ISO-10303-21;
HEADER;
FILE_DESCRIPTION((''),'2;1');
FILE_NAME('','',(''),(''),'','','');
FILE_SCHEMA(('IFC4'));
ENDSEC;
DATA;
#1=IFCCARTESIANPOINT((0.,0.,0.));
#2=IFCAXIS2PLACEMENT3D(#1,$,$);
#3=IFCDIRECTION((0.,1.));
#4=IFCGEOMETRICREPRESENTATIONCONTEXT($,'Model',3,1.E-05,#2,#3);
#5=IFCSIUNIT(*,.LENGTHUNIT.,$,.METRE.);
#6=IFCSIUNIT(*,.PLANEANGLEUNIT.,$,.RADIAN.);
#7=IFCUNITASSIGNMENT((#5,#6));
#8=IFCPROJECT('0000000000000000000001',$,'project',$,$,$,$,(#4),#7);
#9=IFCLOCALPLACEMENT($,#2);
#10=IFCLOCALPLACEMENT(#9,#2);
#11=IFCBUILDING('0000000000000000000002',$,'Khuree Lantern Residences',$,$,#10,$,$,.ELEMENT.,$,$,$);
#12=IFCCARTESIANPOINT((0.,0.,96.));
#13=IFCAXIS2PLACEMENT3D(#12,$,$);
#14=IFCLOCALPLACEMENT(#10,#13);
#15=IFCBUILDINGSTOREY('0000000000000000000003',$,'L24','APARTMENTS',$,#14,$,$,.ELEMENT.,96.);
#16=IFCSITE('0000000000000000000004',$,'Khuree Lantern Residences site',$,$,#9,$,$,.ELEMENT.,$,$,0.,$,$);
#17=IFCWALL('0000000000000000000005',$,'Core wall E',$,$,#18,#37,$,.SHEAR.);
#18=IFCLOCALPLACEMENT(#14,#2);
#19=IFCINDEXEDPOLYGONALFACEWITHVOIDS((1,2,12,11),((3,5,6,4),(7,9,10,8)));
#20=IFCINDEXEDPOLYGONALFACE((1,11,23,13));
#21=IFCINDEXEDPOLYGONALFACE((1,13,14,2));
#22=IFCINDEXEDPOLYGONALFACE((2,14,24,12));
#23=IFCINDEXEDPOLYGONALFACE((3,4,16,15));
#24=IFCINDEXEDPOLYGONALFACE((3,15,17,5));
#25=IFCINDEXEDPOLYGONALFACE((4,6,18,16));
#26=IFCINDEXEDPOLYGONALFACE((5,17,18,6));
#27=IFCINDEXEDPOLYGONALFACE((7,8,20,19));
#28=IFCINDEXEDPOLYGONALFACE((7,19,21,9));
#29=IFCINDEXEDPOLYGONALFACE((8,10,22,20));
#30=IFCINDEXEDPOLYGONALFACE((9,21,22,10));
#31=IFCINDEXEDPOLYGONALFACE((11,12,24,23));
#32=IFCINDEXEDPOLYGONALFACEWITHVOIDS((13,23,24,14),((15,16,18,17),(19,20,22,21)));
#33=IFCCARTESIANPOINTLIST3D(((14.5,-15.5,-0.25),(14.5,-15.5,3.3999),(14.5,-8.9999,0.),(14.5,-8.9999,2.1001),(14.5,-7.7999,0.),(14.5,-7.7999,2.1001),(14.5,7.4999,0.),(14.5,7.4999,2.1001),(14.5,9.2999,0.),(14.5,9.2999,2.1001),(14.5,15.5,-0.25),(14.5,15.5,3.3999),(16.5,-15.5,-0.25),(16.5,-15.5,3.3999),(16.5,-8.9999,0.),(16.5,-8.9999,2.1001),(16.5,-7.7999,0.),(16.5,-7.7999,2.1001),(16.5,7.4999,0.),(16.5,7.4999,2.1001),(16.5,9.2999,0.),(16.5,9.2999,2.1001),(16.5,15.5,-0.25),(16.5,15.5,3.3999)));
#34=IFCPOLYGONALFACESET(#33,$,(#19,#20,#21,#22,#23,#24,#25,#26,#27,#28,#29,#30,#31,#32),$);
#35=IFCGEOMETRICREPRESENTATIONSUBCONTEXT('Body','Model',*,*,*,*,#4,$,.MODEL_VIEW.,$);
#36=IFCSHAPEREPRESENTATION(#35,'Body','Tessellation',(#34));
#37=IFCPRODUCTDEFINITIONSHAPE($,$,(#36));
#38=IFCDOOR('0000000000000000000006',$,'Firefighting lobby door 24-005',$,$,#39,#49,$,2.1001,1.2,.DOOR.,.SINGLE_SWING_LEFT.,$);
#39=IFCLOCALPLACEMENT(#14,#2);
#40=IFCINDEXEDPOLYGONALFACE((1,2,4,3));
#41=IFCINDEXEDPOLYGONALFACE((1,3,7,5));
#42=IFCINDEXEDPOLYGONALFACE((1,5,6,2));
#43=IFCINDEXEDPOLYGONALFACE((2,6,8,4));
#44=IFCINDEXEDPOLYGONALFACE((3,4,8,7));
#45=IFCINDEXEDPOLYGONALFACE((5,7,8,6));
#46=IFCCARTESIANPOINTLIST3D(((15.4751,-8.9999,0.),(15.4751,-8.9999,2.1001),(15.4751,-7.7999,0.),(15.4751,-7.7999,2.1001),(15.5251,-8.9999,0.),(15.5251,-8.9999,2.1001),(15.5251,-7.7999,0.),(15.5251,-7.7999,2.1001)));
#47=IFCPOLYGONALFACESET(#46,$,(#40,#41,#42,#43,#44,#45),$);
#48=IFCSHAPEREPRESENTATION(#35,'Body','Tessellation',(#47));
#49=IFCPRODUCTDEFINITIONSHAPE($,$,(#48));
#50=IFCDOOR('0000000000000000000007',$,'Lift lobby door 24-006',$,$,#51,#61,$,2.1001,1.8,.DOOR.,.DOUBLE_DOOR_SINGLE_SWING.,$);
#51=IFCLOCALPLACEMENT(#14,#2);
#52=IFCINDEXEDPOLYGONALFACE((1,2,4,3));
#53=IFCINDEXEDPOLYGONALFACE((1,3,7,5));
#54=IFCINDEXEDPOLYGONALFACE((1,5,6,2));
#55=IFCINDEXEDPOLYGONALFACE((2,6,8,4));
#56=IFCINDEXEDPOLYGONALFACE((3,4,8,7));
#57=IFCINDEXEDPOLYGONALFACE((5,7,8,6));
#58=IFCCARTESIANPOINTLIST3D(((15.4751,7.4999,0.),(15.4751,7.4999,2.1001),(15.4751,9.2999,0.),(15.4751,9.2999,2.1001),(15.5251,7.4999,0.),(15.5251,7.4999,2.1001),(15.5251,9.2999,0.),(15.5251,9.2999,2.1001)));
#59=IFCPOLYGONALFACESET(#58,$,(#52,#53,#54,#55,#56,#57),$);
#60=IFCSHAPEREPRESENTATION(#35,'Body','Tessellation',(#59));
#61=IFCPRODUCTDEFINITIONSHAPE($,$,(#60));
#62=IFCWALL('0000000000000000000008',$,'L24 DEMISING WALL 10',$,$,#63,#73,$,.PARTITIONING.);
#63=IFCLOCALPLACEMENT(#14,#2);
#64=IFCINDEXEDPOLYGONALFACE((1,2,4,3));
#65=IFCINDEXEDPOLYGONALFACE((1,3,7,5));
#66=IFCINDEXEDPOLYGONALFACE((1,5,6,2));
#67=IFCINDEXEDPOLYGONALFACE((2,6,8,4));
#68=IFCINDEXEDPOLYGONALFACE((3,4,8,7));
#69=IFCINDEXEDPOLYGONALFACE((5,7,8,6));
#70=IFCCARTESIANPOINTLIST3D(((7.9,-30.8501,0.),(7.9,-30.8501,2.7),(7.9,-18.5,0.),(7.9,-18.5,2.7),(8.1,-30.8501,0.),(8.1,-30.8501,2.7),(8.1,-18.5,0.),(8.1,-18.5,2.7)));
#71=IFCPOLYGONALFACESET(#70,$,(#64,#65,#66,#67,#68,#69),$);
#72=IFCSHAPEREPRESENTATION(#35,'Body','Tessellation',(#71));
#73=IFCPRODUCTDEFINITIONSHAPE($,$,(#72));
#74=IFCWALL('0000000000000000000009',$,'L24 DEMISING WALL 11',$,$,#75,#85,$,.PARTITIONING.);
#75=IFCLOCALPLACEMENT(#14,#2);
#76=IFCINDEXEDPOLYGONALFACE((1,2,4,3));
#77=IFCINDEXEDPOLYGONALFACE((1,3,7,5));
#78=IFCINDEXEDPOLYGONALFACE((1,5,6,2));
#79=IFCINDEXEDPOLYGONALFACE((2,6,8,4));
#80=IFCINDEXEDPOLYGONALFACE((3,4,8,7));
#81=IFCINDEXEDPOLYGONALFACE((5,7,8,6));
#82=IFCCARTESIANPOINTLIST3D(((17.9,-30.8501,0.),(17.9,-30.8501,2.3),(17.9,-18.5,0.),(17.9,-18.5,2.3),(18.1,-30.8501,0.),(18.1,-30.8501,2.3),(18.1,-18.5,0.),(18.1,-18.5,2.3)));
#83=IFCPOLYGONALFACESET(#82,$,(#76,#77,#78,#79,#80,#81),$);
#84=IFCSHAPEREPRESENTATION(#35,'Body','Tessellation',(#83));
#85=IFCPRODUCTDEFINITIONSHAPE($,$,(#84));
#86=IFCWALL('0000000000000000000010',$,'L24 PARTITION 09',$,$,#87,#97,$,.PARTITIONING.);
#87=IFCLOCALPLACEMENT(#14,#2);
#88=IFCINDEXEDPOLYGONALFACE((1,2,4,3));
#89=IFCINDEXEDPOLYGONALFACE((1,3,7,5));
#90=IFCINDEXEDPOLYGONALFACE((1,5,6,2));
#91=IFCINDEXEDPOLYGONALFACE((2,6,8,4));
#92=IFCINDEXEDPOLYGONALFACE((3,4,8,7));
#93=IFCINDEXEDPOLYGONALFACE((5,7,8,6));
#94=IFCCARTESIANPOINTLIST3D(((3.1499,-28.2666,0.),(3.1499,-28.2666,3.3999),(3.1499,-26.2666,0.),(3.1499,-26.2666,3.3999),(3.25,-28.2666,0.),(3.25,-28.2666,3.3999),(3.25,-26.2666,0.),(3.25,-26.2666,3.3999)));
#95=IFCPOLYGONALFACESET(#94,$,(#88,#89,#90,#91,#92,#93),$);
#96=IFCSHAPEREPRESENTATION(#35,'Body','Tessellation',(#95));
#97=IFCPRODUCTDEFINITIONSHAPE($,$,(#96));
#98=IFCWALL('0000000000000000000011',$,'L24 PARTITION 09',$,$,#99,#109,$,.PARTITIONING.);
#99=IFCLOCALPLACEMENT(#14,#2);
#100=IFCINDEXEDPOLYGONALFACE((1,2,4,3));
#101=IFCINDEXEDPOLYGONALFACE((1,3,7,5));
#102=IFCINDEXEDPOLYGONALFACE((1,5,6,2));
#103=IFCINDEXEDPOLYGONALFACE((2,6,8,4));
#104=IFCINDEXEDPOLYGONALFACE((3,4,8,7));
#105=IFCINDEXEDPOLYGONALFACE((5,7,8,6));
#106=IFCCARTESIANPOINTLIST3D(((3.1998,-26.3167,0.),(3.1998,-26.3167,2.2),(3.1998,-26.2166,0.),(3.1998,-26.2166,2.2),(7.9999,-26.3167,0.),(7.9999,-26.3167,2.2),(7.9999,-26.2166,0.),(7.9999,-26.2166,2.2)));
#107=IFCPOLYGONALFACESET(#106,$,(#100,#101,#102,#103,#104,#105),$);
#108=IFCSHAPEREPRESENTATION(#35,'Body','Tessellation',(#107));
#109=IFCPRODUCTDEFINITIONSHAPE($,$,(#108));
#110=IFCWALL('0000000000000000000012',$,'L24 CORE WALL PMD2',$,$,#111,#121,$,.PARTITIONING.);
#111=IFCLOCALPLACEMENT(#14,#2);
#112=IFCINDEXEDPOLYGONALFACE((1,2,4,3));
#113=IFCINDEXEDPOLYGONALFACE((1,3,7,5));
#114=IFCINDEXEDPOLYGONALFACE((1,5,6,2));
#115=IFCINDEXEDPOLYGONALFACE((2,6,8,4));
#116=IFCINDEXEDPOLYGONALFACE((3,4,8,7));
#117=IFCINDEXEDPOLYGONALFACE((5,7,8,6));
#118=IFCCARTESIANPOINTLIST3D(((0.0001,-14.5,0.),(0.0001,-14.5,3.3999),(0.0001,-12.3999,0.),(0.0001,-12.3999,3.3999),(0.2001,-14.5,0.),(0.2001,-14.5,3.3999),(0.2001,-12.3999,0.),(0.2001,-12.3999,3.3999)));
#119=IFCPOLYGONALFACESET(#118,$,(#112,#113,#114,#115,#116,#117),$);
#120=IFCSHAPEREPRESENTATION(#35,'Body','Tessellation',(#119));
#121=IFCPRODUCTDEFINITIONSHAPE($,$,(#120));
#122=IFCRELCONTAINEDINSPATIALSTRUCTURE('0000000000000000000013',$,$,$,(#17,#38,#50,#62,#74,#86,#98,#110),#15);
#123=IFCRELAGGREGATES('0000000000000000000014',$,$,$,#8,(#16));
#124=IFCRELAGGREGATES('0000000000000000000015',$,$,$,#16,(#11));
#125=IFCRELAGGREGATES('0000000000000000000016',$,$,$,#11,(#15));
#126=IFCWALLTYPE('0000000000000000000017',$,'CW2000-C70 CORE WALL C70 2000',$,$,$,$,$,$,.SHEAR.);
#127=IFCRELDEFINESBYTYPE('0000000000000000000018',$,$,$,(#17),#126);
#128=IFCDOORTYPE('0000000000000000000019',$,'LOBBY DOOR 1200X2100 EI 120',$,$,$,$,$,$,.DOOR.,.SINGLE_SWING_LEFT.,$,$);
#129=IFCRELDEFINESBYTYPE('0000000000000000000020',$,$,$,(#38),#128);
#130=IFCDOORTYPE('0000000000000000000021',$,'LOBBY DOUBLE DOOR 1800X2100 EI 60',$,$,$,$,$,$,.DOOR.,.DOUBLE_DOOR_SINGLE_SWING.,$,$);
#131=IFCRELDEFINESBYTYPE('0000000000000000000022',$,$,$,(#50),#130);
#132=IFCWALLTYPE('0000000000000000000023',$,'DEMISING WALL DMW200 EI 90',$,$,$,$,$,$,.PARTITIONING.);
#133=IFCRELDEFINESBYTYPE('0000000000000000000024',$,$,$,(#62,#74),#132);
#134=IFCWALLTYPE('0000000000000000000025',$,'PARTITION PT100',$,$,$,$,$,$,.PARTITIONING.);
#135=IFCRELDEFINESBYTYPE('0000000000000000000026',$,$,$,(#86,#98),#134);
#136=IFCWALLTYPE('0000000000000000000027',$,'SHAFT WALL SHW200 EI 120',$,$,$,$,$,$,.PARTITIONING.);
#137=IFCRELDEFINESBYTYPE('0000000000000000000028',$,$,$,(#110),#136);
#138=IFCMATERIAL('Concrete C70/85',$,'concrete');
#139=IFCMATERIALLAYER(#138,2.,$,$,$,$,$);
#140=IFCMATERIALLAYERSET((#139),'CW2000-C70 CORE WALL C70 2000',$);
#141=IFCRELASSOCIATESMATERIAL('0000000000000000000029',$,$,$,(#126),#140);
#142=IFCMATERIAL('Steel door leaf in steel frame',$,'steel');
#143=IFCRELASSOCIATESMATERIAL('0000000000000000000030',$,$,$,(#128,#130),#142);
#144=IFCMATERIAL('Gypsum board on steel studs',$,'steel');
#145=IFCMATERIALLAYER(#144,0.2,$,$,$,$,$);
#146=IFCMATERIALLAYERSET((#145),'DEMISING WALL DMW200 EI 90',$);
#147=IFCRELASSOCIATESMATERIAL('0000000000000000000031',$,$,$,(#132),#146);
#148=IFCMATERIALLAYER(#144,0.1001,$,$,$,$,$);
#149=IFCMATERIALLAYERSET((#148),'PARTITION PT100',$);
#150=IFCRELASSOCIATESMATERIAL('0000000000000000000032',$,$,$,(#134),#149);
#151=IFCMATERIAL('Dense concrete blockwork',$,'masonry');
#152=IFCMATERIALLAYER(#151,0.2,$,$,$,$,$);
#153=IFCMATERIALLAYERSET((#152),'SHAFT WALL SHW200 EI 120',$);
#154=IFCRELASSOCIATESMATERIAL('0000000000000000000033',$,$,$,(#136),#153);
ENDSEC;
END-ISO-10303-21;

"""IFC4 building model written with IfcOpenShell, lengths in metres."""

from ifc_helpers import new_model, si_unit, direction, frame, frame_2d, origin, place, context, subcontext, project, spatial, rectangle, extrude, material, layer, layer_set, type_object, element, fill, save


model = new_model("IFC4")

# Units and contexts
model_context = context("Model", 3, precision=1e-05, world=origin(), true_north=direction((0.0, 1.0)))
body_context = subcontext(model_context, "Body", "Model", "MODEL_VIEW")
ifc_project = project(units=[si_unit("LENGTHUNIT", "METRE"), si_unit("PLANEANGLEUNIT", "RADIAN")], contexts=[model_context])

# Site, building, storey
site_placement = place(None, origin())
site = spatial("IfcSite", under=ifc_project, at=site_placement, Name="Khuree Lantern Residences site", CompositionType="ELEMENT", RefElevation=0.0)
building_placement = place(site_placement, origin())
building = spatial("IfcBuilding", under=site, at=building_placement, Name="Khuree Lantern Residences", CompositionType="ELEMENT")
storey_placement = place(building_placement, frame((0.0, 0.0, 96.0)))
storey = spatial("IfcBuildingStorey", under=building, at=storey_placement, Name="L24", Description="APARTMENTS", CompositionType="ELEMENT", Elevation=96.0)

# Shared definitions
ifc_material_1 = material(Name="Concrete C70/85", Category="concrete")

# Shared definitions
ifc_material_2 = material(Name="Dense concrete blockwork", Category="masonry")
ifc_material_3 = material(Name="Gypsum board on steel studs", Category="steel")

# Wall, openings, doors
ifc_layer_1 = layer(ifc_material_1, 2.0)
ifc_layer_set_1 = layer_set([ifc_layer_1], Name="CW2000-C70 CORE WALL C70 2000")
wall_type_1 = type_object("IfcWallType", Name="CW2000-C70 CORE WALL C70 2000", PredefinedType="SHEAR", material=ifc_layer_set_1)
wall_1_placement = place(storey_placement, frame((15.5, -15.5, -0.25), z_axis=(0.0, 0.0, 1.0), x_axis=(0.0, 1.0, 0.0)))
wall_1 = element("IfcWall", 1, at=wall_1_placement, inside=storey, type_object=wall_type_1, Name="Core wall E", PredefinedType="SHEAR", context=body_context, shape_type="SweptSolid", body=[
    extrude(rectangle(XDim=31.0, YDim=2.0, at=frame_2d((15.5, 0.0))), origin(), (0.0, 0.0, 1.0), 3.6499),
])
opening_1_placement = place(wall_1_placement, frame((6.5, 0.0, 0.25)))
opening_1 = element("IfcOpeningElement", 2, at=opening_1_placement, cuts=wall_1, PredefinedType="OPENING", context=body_context, shape_type="SweptSolid", body=[
    extrude(rectangle(XDim=1.2, YDim=2.1001, at=frame_2d((0.6001, 1.05))), frame((0.0, 1.01, 0.0), z_axis=(0.0, -1.0, 0.0), x_axis=(1.0, 0.0, 0.0)), (0.0, 0.0, 1.0), 2.02),
])
opening_2_placement = place(wall_1_placement, frame((23.0, 0.0, 0.25)))
opening_2 = element("IfcOpeningElement", 3, at=opening_2_placement, cuts=wall_1, PredefinedType="OPENING", context=body_context, shape_type="SweptSolid", body=[
    extrude(rectangle(XDim=1.8, YDim=2.1001, at=frame_2d((0.8999, 1.05))), frame((0.0, 1.01, 0.0), z_axis=(0.0, -1.0, 0.0), x_axis=(1.0, 0.0, 0.0)), (0.0, 0.0, 1.0), 2.02),
])
ifc_material_4 = material(Name="Steel door leaf in steel frame", Category="steel")
door_type_1 = type_object("IfcDoorType", Name="LOBBY DOOR 1200X2100 EI 120", OperationType="SINGLE_SWING_LEFT", PredefinedType="DOOR", material=ifc_material_4)
door_1_placement = place(opening_1_placement, origin())
door_1 = element("IfcDoor", 4, at=door_1_placement, inside=storey, type_object=door_type_1, Name="Firefighting lobby door 24-005", OperationType="SINGLE_SWING_LEFT", OverallHeight=2.1001, OverallWidth=1.2, PredefinedType="DOOR", context=body_context, shape_type="SweptSolid", body=[
    extrude(rectangle(XDim=1.2, YDim=2.1001, at=frame_2d((0.6001, 1.05))), frame((0.0, 0.0249, 0.0), z_axis=(0.0, -1.0, 0.0), x_axis=(1.0, 0.0, 0.0)), (0.0, 0.0, 1.0), 0.05),
])
fill(opening_1, door_1)
door_type_2 = type_object("IfcDoorType", Name="LOBBY DOUBLE DOOR 1800X2100 EI 60", OperationType="DOUBLE_DOOR_SINGLE_SWING", PredefinedType="DOOR", material=ifc_material_4)
door_2_placement = place(opening_2_placement, origin())
door_2 = element("IfcDoor", 5, at=door_2_placement, inside=storey, type_object=door_type_2, Name="Lift lobby door 24-006", OperationType="DOUBLE_DOOR_SINGLE_SWING", OverallHeight=2.1001, OverallWidth=1.8, PredefinedType="DOOR", context=body_context, shape_type="SweptSolid", body=[
    extrude(rectangle(XDim=1.8, YDim=2.1001, at=frame_2d((0.8999, 1.05))), frame((0.0, 0.0249, 0.0), z_axis=(0.0, -1.0, 0.0), x_axis=(1.0, 0.0, 0.0)), (0.0, 0.0, 1.0), 0.05),
])
fill(opening_2, door_2)

# Walls
ifc_layer_2 = layer(ifc_material_3, 0.2)
ifc_layer_set_2 = layer_set([ifc_layer_2], Name="DEMISING WALL DMW200 EI 90")
wall_type_2 = type_object("IfcWallType", Name="DEMISING WALL DMW200 EI 90", PredefinedType="PARTITIONING", material=ifc_layer_set_2)
wall_2_placement = place(storey_placement, frame((8.0, -18.5, 0.0), z_axis=(0.0, 0.0, 1.0), x_axis=(0.0, -1.0, 0.0)))
element("IfcWall", 6, at=wall_2_placement, inside=storey, type_object=wall_type_2, Name="L24 DEMISING WALL 10", PredefinedType="PARTITIONING", context=body_context, shape_type="SweptSolid", body=[
    extrude(rectangle(XDim=12.3501, YDim=0.2, at=frame_2d((6.175, 0.0))), origin(), (0.0, 0.0, 1.0), 2.7),
])
wall_3_placement = place(storey_placement, frame((18.0, -18.5, 0.0), z_axis=(0.0, 0.0, 1.0), x_axis=(0.0, -1.0, 0.0)))
element("IfcWall", 7, at=wall_3_placement, inside=storey, type_object=wall_type_2, Name="L24 DEMISING WALL 11", PredefinedType="PARTITIONING", context=body_context, shape_type="SweptSolid", body=[
    extrude(rectangle(XDim=12.3501, YDim=0.2, at=frame_2d((6.175, 0.0))), origin(), (0.0, 0.0, 1.0), 2.3),
])
ifc_layer_3 = layer(ifc_material_3, 0.1001)
ifc_layer_set_3 = layer_set([ifc_layer_3], Name="PARTITION PT100")
wall_type_3 = type_object("IfcWallType", Name="PARTITION PT100", PredefinedType="PARTITIONING", material=ifc_layer_set_3)
wall_4_placement = place(storey_placement, frame((3.2, -26.2666, 0.0), z_axis=(0.0, 0.0, 1.0), x_axis=(0.0, -1.0, 0.0)))
element("IfcWall", 8, at=wall_4_placement, inside=storey, type_object=wall_type_3, Name="L24 PARTITION 09", PredefinedType="PARTITIONING", context=body_context, shape_type="SweptSolid", body=[
    extrude(rectangle(XDim=2.0, YDim=0.1001, at=frame_2d((1.0, 0.0))), origin(), (0.0, 0.0, 1.0), 3.3999),
])
wall_5_placement = place(storey_placement, frame((3.2, -26.2666, 0.0), z_axis=(0.0, 0.0, 1.0), x_axis=(1.0, 0.0, 0.0)))
element("IfcWall", 9, at=wall_5_placement, inside=storey, type_object=wall_type_3, Name="L24 PARTITION 09", PredefinedType="PARTITIONING", context=body_context, shape_type="SweptSolid", body=[
    extrude(rectangle(XDim=4.8, YDim=0.1001, at=frame_2d((2.3999, 0.0))), origin(), (0.0, 0.0, 1.0), 2.2),
])
ifc_layer_4 = layer(ifc_material_2, 0.2)
ifc_layer_set_4 = layer_set([ifc_layer_4], Name="SHAFT WALL SHW200 EI 120")
wall_type_4 = type_object("IfcWallType", Name="SHAFT WALL SHW200 EI 120", PredefinedType="PARTITIONING", material=ifc_layer_set_4)
wall_6_placement = place(storey_placement, frame((0.1001, -14.5, 0.0), z_axis=(0.0, 0.0, 1.0), x_axis=(0.0, 1.0, 0.0)))
element("IfcWall", 10, at=wall_6_placement, inside=storey, type_object=wall_type_4, Name="L24 CORE WALL PMD2", PredefinedType="PARTITIONING", context=body_context, shape_type="SweptSolid", body=[
    extrude(rectangle(XDim=2.1001, YDim=0.2, at=frame_2d((1.05, 0.0))), origin(), (0.0, 0.0, 1.0), 3.3999),
])

save(model, "model.ifc")
